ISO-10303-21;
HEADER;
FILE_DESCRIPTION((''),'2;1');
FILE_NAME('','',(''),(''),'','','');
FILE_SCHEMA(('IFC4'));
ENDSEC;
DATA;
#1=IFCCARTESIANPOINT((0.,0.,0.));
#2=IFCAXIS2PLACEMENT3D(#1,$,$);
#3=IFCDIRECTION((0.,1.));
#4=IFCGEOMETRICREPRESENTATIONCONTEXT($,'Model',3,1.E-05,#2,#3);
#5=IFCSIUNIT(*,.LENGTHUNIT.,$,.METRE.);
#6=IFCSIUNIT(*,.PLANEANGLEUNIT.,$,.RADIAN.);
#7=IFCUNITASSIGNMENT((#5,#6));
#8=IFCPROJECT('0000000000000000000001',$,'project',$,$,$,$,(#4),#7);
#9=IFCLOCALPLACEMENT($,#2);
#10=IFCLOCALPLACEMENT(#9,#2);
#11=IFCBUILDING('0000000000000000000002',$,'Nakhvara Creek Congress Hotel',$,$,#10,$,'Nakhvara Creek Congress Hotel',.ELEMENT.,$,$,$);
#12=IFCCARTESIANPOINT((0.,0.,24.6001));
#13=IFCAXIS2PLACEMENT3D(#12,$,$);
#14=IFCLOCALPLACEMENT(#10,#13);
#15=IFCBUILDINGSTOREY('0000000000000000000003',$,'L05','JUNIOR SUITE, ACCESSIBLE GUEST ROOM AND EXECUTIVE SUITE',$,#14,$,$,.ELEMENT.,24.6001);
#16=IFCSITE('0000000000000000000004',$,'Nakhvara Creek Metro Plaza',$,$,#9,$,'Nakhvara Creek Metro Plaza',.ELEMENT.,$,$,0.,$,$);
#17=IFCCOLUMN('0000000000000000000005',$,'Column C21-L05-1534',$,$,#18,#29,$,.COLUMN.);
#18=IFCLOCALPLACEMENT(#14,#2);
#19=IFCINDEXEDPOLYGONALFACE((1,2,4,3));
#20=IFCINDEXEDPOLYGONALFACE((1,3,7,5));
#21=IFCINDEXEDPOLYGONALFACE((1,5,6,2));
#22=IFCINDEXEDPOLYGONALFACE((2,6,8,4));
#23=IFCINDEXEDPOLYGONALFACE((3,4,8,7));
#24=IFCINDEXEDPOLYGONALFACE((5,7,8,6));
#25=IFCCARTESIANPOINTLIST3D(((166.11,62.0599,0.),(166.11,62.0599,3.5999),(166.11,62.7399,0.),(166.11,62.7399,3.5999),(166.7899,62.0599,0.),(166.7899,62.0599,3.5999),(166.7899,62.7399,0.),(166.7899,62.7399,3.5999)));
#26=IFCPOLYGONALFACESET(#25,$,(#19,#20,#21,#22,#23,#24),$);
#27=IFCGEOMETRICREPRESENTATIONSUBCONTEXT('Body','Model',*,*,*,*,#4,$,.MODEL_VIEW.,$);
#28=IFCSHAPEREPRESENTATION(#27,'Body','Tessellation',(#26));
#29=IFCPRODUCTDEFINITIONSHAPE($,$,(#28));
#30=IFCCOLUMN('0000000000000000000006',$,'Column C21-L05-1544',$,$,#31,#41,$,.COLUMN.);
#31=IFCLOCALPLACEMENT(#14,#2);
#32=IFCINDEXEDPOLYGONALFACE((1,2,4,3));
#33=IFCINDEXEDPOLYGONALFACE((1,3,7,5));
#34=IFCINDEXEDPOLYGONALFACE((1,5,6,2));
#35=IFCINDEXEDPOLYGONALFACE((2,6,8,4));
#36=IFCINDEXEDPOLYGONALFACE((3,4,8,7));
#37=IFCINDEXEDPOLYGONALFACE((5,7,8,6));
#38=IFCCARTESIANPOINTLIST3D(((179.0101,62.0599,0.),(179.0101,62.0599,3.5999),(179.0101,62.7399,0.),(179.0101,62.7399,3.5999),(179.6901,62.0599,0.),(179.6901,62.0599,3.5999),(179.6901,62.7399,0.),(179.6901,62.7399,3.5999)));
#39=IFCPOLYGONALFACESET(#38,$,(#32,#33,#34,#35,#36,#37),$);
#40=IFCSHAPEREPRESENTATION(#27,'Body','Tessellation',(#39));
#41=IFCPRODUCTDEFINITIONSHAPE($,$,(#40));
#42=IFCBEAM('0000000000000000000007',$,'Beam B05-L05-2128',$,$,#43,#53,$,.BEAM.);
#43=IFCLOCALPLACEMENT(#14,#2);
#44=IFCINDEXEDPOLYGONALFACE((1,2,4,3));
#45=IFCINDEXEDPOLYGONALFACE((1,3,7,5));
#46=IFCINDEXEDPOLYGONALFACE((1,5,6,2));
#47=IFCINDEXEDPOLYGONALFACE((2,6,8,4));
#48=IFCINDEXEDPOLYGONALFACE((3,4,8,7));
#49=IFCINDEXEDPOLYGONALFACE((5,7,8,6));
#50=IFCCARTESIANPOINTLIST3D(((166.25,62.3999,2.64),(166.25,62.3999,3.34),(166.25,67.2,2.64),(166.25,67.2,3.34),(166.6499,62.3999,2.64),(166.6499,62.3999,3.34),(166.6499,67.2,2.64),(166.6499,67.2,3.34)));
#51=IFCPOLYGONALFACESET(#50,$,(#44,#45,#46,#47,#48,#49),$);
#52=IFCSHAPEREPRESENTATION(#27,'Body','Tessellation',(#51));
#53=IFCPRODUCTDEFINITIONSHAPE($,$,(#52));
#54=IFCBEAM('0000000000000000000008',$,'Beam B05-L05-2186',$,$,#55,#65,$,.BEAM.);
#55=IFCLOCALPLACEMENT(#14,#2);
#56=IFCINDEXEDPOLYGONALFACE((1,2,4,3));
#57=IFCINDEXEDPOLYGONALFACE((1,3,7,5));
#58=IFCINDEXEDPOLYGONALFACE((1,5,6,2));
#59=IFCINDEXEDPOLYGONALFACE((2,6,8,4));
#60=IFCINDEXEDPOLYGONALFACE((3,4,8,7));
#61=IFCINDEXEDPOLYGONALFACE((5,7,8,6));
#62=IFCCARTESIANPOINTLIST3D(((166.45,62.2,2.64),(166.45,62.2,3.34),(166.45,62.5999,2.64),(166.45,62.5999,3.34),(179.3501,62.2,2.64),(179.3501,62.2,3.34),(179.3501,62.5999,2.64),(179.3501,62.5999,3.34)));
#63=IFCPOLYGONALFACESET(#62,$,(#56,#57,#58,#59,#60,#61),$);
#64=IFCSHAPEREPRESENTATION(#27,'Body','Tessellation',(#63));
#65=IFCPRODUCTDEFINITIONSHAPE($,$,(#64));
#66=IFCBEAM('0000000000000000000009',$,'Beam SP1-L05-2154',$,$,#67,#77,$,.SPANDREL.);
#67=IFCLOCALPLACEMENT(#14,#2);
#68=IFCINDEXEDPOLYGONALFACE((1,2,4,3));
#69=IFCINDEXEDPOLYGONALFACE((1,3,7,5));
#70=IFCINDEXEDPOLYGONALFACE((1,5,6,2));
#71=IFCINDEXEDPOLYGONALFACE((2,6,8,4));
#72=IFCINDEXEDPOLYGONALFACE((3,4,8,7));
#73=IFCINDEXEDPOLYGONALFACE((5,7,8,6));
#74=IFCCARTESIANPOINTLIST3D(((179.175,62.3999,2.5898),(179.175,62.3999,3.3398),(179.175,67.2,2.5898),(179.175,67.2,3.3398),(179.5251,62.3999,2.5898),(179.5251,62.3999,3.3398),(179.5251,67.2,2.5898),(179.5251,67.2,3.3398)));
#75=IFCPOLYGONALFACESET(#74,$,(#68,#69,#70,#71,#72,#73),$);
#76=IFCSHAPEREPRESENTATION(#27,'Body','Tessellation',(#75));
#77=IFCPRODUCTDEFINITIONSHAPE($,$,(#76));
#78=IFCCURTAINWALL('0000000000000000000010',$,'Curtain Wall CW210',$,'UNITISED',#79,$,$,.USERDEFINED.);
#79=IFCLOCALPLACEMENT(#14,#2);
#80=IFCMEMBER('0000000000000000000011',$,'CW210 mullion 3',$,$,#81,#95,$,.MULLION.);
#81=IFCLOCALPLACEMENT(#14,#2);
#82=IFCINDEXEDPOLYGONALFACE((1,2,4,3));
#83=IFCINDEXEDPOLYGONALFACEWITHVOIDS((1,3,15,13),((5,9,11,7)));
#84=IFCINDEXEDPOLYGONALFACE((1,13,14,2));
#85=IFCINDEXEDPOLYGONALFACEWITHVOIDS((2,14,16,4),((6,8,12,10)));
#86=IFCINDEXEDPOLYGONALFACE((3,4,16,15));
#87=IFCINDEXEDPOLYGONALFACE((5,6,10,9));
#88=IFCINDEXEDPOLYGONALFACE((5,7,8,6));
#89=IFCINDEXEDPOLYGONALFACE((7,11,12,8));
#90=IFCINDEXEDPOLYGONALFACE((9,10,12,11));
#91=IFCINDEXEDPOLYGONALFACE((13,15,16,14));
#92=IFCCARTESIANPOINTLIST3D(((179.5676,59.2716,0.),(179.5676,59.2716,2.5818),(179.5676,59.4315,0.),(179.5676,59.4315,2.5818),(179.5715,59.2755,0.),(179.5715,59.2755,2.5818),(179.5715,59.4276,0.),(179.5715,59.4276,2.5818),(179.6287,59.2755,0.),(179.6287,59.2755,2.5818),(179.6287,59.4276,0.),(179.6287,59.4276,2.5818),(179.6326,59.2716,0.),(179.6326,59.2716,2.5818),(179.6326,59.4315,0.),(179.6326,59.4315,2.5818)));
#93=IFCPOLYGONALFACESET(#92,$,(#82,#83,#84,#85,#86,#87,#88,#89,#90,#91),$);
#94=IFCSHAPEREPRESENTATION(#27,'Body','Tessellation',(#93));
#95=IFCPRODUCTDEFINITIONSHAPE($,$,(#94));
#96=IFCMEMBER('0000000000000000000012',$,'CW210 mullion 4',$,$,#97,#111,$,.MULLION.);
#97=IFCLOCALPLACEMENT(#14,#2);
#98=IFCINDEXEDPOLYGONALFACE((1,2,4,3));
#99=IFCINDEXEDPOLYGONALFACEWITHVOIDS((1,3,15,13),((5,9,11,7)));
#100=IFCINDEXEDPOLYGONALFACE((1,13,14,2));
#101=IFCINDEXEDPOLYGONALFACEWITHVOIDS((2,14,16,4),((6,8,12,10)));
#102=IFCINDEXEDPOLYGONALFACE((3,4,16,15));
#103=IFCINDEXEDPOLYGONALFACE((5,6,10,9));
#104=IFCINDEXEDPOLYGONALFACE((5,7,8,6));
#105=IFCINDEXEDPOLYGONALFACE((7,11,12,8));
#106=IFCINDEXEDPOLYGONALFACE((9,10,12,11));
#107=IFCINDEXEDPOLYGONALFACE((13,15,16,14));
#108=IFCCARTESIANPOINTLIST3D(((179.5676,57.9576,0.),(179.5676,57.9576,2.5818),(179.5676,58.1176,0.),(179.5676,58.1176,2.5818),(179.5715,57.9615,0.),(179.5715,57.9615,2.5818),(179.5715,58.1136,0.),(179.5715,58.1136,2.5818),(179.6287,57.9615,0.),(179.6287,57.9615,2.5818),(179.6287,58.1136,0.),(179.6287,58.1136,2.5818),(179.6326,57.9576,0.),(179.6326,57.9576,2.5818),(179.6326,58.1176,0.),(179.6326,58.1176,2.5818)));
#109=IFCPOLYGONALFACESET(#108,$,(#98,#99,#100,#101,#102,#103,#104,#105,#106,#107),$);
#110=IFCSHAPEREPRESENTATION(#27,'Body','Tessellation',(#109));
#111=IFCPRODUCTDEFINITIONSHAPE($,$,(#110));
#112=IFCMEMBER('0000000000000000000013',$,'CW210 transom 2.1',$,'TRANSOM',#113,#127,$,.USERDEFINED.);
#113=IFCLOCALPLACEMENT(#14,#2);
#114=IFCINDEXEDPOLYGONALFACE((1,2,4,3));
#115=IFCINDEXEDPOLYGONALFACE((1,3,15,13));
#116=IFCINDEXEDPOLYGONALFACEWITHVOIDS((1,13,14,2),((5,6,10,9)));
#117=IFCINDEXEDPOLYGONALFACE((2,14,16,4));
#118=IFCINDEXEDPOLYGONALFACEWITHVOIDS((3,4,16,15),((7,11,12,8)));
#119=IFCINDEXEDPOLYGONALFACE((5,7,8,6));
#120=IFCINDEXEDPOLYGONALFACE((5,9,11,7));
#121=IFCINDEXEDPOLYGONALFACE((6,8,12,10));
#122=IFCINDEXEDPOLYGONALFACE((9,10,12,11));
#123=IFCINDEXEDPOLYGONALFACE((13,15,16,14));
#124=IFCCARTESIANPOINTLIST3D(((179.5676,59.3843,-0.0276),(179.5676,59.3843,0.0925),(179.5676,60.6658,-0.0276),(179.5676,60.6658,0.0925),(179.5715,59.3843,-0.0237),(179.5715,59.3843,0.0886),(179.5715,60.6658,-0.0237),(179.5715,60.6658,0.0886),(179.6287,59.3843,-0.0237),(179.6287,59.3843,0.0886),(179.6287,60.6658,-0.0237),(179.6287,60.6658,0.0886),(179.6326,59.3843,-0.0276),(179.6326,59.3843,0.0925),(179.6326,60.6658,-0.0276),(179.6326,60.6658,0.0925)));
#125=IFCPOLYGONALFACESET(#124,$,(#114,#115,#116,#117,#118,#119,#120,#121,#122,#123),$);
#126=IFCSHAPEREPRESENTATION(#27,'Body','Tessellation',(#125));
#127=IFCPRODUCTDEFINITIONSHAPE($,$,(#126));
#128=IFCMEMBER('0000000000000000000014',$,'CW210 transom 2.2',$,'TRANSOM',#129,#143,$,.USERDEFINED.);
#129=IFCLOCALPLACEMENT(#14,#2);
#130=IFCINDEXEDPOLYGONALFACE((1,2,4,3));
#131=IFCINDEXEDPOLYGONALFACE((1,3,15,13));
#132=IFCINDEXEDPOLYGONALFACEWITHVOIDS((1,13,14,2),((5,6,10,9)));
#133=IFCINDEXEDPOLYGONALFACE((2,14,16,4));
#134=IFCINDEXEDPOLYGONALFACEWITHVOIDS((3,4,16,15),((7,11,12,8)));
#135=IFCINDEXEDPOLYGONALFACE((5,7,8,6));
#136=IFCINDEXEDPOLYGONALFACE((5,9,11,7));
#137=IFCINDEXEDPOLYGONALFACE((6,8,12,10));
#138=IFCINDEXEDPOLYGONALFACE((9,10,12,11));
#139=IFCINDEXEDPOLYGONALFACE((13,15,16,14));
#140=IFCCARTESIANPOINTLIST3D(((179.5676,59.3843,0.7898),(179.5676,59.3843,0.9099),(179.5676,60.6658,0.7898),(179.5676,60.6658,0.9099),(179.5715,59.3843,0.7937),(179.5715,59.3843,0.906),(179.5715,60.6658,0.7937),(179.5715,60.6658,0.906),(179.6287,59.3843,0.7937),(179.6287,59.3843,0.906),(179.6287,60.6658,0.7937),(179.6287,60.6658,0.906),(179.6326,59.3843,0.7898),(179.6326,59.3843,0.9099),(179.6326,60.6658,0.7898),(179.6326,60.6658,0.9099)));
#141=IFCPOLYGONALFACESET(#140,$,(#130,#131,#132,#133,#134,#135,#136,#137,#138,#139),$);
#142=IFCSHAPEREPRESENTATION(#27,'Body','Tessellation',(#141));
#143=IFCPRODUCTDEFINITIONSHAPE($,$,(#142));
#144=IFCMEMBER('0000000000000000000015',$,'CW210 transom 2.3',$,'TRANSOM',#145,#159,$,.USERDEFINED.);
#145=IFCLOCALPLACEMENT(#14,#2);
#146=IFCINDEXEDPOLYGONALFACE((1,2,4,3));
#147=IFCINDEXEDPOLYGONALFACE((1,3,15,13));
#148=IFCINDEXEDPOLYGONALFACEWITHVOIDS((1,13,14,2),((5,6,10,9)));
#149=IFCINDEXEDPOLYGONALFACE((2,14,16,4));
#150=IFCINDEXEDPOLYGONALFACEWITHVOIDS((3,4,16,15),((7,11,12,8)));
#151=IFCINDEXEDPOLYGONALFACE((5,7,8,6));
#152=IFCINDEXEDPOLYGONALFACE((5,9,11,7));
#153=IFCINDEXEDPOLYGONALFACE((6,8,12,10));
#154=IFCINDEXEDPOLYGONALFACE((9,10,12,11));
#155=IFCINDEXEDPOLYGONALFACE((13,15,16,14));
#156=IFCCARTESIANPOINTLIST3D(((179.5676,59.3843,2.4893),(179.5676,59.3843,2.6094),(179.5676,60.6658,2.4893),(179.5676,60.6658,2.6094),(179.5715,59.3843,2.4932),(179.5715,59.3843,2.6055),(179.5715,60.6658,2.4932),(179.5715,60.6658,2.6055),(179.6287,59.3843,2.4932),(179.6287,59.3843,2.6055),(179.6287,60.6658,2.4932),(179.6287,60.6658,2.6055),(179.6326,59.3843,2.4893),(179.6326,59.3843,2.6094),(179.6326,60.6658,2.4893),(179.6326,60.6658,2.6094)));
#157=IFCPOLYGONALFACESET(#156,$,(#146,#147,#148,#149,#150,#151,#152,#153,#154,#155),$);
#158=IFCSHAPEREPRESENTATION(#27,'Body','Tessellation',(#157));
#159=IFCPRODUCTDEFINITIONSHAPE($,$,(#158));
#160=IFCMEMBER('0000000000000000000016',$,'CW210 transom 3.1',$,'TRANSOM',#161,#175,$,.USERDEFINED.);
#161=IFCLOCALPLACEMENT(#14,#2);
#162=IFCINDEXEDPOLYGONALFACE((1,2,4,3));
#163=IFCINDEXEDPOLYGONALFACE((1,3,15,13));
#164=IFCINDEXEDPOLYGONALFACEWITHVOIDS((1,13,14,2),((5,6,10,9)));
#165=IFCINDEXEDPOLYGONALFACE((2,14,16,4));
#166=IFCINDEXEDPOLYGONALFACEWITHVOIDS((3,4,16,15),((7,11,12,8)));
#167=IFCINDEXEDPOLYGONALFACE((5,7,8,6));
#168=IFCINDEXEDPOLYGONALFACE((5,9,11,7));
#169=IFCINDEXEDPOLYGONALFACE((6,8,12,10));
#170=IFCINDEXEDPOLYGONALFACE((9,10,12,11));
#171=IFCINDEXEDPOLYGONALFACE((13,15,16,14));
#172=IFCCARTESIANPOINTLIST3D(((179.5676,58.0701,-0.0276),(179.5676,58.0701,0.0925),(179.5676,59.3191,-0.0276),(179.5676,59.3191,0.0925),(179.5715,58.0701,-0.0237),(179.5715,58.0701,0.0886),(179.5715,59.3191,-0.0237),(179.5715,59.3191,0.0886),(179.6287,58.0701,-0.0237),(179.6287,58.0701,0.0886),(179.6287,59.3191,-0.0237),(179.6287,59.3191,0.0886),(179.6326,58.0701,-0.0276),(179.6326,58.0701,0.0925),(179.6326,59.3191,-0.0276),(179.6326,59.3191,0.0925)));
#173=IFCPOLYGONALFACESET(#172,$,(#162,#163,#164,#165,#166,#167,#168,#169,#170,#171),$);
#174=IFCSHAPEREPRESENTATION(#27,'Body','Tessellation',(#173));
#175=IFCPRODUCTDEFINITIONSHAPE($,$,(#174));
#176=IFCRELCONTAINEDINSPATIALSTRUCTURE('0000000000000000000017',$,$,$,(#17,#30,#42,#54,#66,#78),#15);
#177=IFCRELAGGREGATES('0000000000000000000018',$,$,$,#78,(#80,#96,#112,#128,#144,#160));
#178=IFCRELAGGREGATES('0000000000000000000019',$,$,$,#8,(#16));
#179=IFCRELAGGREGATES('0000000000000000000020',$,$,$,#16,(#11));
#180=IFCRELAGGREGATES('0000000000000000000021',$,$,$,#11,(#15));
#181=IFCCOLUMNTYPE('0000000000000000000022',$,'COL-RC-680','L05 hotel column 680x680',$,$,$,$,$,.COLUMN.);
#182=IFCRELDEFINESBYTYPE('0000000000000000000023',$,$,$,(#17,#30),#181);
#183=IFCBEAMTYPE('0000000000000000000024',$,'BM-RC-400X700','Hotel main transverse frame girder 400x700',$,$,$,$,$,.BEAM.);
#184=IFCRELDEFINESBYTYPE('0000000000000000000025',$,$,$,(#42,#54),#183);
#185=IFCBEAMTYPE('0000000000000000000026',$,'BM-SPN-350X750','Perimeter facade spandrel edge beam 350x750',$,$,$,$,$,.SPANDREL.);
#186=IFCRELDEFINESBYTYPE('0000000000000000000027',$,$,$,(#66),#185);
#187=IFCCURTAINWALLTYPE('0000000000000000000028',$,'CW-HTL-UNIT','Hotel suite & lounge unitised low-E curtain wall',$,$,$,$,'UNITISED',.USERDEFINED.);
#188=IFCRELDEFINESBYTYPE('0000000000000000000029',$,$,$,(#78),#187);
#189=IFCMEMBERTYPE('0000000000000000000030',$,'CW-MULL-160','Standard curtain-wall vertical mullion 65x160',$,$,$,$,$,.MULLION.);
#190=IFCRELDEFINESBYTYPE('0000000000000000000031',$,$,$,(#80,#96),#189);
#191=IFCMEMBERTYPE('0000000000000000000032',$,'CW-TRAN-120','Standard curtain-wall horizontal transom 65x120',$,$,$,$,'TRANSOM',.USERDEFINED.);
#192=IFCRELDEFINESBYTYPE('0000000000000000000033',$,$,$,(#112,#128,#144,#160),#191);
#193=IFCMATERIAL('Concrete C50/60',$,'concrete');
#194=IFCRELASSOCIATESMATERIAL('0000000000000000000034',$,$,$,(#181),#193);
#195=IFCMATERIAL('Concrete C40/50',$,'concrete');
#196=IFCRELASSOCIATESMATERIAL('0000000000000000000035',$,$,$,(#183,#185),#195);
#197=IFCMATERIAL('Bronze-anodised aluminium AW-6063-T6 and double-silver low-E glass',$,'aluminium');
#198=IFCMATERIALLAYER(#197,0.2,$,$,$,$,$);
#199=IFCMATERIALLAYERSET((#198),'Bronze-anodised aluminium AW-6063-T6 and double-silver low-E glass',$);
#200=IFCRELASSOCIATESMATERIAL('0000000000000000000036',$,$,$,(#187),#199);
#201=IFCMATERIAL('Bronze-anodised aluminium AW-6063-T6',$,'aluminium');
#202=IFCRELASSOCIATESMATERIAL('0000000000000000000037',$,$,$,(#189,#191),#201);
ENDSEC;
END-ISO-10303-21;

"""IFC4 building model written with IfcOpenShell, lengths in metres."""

from ifc_helpers import new_model, si_unit, direction, frame, origin, origin_2d, place, context, subcontext, project, spatial, rectangle, hollow_rectangle, extrude, material, layer, layer_set, material_profile, profile_set, type_object, element, aggregate, save


model = new_model("IFC4")

# Units and contexts
model_context = context("Model", 3, precision=1e-05, world=origin(), true_north=direction((0.0, 1.0)))
body_context = subcontext(model_context, "Body", "Model", "MODEL_VIEW")
ifc_project = project(units=[si_unit("LENGTHUNIT", "METRE"), si_unit("PLANEANGLEUNIT", "RADIAN")], contexts=[model_context])

# Site, building, storey
site_placement = place(None, origin())
site = spatial("IfcSite", under=ifc_project, at=site_placement, Name="Nakhvara Creek Metro Plaza", LongName="Nakhvara Creek Metro Plaza", CompositionType="ELEMENT", RefElevation=0.0)
building_placement = place(site_placement, origin())
building = spatial("IfcBuilding", under=site, at=building_placement, Name="Nakhvara Creek Congress Hotel", LongName="Nakhvara Creek Congress Hotel", CompositionType="ELEMENT")
storey_placement = place(building_placement, frame((0.0, 0.0, 24.6001)))
storey = spatial("IfcBuildingStorey", under=building, at=storey_placement, Name="L05", Description="JUNIOR SUITE, ACCESSIBLE GUEST ROOM AND EXECUTIVE SUITE", CompositionType="ELEMENT", Elevation=24.6001)

# Columns
ifc_material_1 = material(Name="Concrete C50/60", Category="concrete")
ifc_material_profile_1 = material_profile(ifc_material_1, rectangle(XDim=0.6799, YDim=0.6799, at=origin_2d()), Name="RC-COL 680x680", Category="LoadBearing")
ifc_profile_set_1 = profile_set([ifc_material_profile_1], Name="Concrete C50/60")
column_type = type_object("IfcColumnType", Name="COL-RC-680", Description="L05 hotel column 680x680", PredefinedType="COLUMN", material=ifc_profile_set_1)
for number, where, z_axis, x_axis, name in (
    (1, (166.45, 62.3999, 0.0), (0.0, 0.0, 1.0), (1.0, 0.0, 0.0), "Column C21-L05-1534"),
    (2, (179.3501, 62.3999, 0.0), (0.0, 0.0, 1.0), (1.0, 0.0, 0.0), "Column C21-L05-1544"),
):
    element("IfcColumn", number, at=place(storey_placement, frame(where, z_axis=z_axis, x_axis=x_axis)), inside=storey, type_object=column_type, Name=name, PredefinedType="COLUMN", context=body_context, shape_type="SweptSolid", body=[
        extrude(rectangle(XDim=0.6799, YDim=0.6799, at=origin_2d()), origin(), (0.0, 0.0, 1.0), 3.5999),
    ])

# Beams
ifc_material_2 = material(Name="Concrete C40/50", Category="concrete")
ifc_material_profile_2 = material_profile(ifc_material_2, rectangle(XDim=0.3999, YDim=0.7, at=origin_2d()), Name="RC-BM 400x700", Category="LoadBearing")
ifc_profile_set_2 = profile_set([ifc_material_profile_2], Name="Concrete C40/50")
beam_type_1 = type_object("IfcBeamType", Name="BM-RC-400X700", Description="Hotel main transverse frame girder 400x700", PredefinedType="BEAM", material=ifc_profile_set_2)
beam_1_placement = place(storey_placement, frame((166.45, 62.3999, 2.99), z_axis=(0.0, 1.0, 0.0), x_axis=(-1.0, 0.0, 0.0)))
element("IfcBeam", 3, at=beam_1_placement, inside=storey, type_object=beam_type_1, Name="Beam B05-L05-2128", PredefinedType="BEAM", context=body_context, shape_type="SweptSolid", body=[
    extrude(rectangle(XDim=0.3999, YDim=0.7, at=origin_2d()), origin(), (0.0, 0.0, 1.0), 4.8),
])
beam_2_placement = place(storey_placement, frame((166.45, 62.3999, 2.99), z_axis=(1.0, 0.0, 0.0), x_axis=(0.0, 1.0, 0.0)))
element("IfcBeam", 4, at=beam_2_placement, inside=storey, type_object=beam_type_1, Name="Beam B05-L05-2186", PredefinedType="BEAM", context=body_context, shape_type="SweptSolid", body=[
    extrude(rectangle(XDim=0.3999, YDim=0.7, at=origin_2d()), origin(), (0.0, 0.0, 1.0), 12.9001),
])
ifc_material_profile_3 = material_profile(ifc_material_2, rectangle(XDim=0.3501, YDim=0.75, at=origin_2d()), Name="RC-SPANDREL 350x750", Category="LoadBearing")
ifc_profile_set_3 = profile_set([ifc_material_profile_3], Name="Concrete C40/50")
beam_type_2 = type_object("IfcBeamType", Name="BM-SPN-350X750", Description="Perimeter facade spandrel edge beam 350x750", PredefinedType="SPANDREL", material=ifc_profile_set_3)
beam_3_placement = place(storey_placement, frame((179.3501, 62.3999, 2.9648), z_axis=(0.0, 1.0, 0.0), x_axis=(-1.0, 0.0, 0.0)))
element("IfcBeam", 5, at=beam_3_placement, inside=storey, type_object=beam_type_2, Name="Beam SP1-L05-2154", PredefinedType="SPANDREL", context=body_context, shape_type="SweptSolid", body=[
    extrude(rectangle(XDim=0.3501, YDim=0.75, at=origin_2d()), origin(), (0.0, 0.0, 1.0), 4.8),
])

# Curtain wall, members
ifc_material_3 = material(Name="Bronze-anodised aluminium AW-6063-T6 and double-silver low-E glass", Category="aluminium")
ifc_layer_1 = layer(ifc_material_3, 0.2)
ifc_layer_set_1 = layer_set([ifc_layer_1], Name="Bronze-anodised aluminium AW-6063-T6 and double-silver low-E glass")
curtain_wall_type = type_object("IfcCurtainWallType", Name="CW-HTL-UNIT", Description="Hotel suite & lounge unitised low-E curtain wall", ElementType="UNITISED", PredefinedType="USERDEFINED", material=ifc_layer_set_1)
curtain_wall_placement = place(storey_placement, origin())
curtain_wall = element("IfcCurtainWall", 6, at=curtain_wall_placement, inside=storey, type_object=curtain_wall_type, Name="Curtain Wall CW210", ObjectType="UNITISED", PredefinedType="USERDEFINED")
ifc_material_4 = material(Name="Bronze-anodised aluminium AW-6063-T6", Category="aluminium")
ifc_material_profile_4 = material_profile(ifc_material_4, hollow_rectangle(XDim=0.0649, YDim=0.1599, WallThickness=0.0039, at=origin_2d()), Name="ALU-MULL 65x160x4", Category="LoadBearing")
ifc_profile_set_4 = profile_set([ifc_material_profile_4], Name="Bronze-anodised aluminium AW-6063-T6")
member_type_1 = type_object("IfcMemberType", Name="CW-MULL-160", Description="Standard curtain-wall vertical mullion 65x160", PredefinedType="MULLION", material=ifc_profile_set_4)
member_1_placement = place(storey_placement, frame((179.6001, 59.3516, 0.0), z_axis=(0.0, 0.0, 1.0), x_axis=(1.0, 0.0, 0.0)))
member_1 = element("IfcMember", 7, at=member_1_placement, type_object=member_type_1, Name="CW210 mullion 3", PredefinedType="MULLION", context=body_context, shape_type="SweptSolid", body=[
    extrude(hollow_rectangle(XDim=0.0649, YDim=0.1599, WallThickness=0.0039, at=origin_2d()), origin(), (0.0, 0.0, 1.0), 2.5818),
])
member_2_placement = place(storey_placement, frame((179.6001, 58.0376, 0.0), z_axis=(0.0, 0.0, 1.0), x_axis=(1.0, 0.0, 0.0)))
member_2 = element("IfcMember", 8, at=member_2_placement, type_object=member_type_1, Name="CW210 mullion 4", PredefinedType="MULLION", context=body_context, shape_type="SweptSolid", body=[
    extrude(hollow_rectangle(XDim=0.0649, YDim=0.1599, WallThickness=0.0039, at=origin_2d()), origin(), (0.0, 0.0, 1.0), 2.5818),
])
ifc_material_profile_5 = material_profile(ifc_material_4, hollow_rectangle(XDim=0.0649, YDim=0.1201, WallThickness=0.0039, at=origin_2d()), Name="ALU-TRAN 65x120x4", Category="LoadBearing")
ifc_profile_set_5 = profile_set([ifc_material_profile_5], Name="Bronze-anodised aluminium AW-6063-T6")
member_type_2 = type_object("IfcMemberType", Name="CW-TRAN-120", Description="Standard curtain-wall horizontal transom 65x120", ElementType="TRANSOM", PredefinedType="USERDEFINED", material=ifc_profile_set_5)
member_3_placement = place(storey_placement, frame((179.6001, 60.6658, 0.0325), z_axis=(0.0, -1.0, 0.0), x_axis=(1.0, 0.0, 0.0)))
member_3 = element("IfcMember", 9, at=member_3_placement, type_object=member_type_2, Name="CW210 transom 2.1", ObjectType="TRANSOM", PredefinedType="USERDEFINED", context=body_context, shape_type="SweptSolid", body=[
    extrude(hollow_rectangle(XDim=0.0649, YDim=0.1201, WallThickness=0.0039, at=origin_2d()), origin(), (0.0, 0.0, 1.0), 1.2815),
])
member_4_placement = place(storey_placement, frame((179.6001, 60.6658, 0.8499), z_axis=(0.0, -1.0, 0.0), x_axis=(1.0, 0.0, 0.0)))
member_4 = element("IfcMember", 10, at=member_4_placement, type_object=member_type_2, Name="CW210 transom 2.2", ObjectType="TRANSOM", PredefinedType="USERDEFINED", context=body_context, shape_type="SweptSolid", body=[
    extrude(hollow_rectangle(XDim=0.0649, YDim=0.1201, WallThickness=0.0039, at=origin_2d()), origin(), (0.0, 0.0, 1.0), 1.2815),
])
member_5_placement = place(storey_placement, frame((179.6001, 60.6658, 2.5493), z_axis=(0.0, -1.0, 0.0), x_axis=(1.0, 0.0, 0.0)))
member_5 = element("IfcMember", 11, at=member_5_placement, type_object=member_type_2, Name="CW210 transom 2.3", ObjectType="TRANSOM", PredefinedType="USERDEFINED", context=body_context, shape_type="SweptSolid", body=[
    extrude(hollow_rectangle(XDim=0.0649, YDim=0.1201, WallThickness=0.0039, at=origin_2d()), origin(), (0.0, 0.0, 1.0), 1.2815),
])
member_6_placement = place(storey_placement, frame((179.6001, 59.3191, 0.0325), z_axis=(0.0, -1.0, 0.0), x_axis=(1.0, 0.0, 0.0)))
member_6 = element("IfcMember", 12, at=member_6_placement, type_object=member_type_2, Name="CW210 transom 3.1", ObjectType="TRANSOM", PredefinedType="USERDEFINED", context=body_context, shape_type="SweptSolid", body=[
    extrude(hollow_rectangle(XDim=0.0649, YDim=0.1201, WallThickness=0.0039, at=origin_2d()), origin(), (0.0, 0.0, 1.0), 1.249),
])
aggregate(curtain_wall, [member_1, member_2, member_3, member_4, member_5, member_6])

save(model, "model.ifc")
